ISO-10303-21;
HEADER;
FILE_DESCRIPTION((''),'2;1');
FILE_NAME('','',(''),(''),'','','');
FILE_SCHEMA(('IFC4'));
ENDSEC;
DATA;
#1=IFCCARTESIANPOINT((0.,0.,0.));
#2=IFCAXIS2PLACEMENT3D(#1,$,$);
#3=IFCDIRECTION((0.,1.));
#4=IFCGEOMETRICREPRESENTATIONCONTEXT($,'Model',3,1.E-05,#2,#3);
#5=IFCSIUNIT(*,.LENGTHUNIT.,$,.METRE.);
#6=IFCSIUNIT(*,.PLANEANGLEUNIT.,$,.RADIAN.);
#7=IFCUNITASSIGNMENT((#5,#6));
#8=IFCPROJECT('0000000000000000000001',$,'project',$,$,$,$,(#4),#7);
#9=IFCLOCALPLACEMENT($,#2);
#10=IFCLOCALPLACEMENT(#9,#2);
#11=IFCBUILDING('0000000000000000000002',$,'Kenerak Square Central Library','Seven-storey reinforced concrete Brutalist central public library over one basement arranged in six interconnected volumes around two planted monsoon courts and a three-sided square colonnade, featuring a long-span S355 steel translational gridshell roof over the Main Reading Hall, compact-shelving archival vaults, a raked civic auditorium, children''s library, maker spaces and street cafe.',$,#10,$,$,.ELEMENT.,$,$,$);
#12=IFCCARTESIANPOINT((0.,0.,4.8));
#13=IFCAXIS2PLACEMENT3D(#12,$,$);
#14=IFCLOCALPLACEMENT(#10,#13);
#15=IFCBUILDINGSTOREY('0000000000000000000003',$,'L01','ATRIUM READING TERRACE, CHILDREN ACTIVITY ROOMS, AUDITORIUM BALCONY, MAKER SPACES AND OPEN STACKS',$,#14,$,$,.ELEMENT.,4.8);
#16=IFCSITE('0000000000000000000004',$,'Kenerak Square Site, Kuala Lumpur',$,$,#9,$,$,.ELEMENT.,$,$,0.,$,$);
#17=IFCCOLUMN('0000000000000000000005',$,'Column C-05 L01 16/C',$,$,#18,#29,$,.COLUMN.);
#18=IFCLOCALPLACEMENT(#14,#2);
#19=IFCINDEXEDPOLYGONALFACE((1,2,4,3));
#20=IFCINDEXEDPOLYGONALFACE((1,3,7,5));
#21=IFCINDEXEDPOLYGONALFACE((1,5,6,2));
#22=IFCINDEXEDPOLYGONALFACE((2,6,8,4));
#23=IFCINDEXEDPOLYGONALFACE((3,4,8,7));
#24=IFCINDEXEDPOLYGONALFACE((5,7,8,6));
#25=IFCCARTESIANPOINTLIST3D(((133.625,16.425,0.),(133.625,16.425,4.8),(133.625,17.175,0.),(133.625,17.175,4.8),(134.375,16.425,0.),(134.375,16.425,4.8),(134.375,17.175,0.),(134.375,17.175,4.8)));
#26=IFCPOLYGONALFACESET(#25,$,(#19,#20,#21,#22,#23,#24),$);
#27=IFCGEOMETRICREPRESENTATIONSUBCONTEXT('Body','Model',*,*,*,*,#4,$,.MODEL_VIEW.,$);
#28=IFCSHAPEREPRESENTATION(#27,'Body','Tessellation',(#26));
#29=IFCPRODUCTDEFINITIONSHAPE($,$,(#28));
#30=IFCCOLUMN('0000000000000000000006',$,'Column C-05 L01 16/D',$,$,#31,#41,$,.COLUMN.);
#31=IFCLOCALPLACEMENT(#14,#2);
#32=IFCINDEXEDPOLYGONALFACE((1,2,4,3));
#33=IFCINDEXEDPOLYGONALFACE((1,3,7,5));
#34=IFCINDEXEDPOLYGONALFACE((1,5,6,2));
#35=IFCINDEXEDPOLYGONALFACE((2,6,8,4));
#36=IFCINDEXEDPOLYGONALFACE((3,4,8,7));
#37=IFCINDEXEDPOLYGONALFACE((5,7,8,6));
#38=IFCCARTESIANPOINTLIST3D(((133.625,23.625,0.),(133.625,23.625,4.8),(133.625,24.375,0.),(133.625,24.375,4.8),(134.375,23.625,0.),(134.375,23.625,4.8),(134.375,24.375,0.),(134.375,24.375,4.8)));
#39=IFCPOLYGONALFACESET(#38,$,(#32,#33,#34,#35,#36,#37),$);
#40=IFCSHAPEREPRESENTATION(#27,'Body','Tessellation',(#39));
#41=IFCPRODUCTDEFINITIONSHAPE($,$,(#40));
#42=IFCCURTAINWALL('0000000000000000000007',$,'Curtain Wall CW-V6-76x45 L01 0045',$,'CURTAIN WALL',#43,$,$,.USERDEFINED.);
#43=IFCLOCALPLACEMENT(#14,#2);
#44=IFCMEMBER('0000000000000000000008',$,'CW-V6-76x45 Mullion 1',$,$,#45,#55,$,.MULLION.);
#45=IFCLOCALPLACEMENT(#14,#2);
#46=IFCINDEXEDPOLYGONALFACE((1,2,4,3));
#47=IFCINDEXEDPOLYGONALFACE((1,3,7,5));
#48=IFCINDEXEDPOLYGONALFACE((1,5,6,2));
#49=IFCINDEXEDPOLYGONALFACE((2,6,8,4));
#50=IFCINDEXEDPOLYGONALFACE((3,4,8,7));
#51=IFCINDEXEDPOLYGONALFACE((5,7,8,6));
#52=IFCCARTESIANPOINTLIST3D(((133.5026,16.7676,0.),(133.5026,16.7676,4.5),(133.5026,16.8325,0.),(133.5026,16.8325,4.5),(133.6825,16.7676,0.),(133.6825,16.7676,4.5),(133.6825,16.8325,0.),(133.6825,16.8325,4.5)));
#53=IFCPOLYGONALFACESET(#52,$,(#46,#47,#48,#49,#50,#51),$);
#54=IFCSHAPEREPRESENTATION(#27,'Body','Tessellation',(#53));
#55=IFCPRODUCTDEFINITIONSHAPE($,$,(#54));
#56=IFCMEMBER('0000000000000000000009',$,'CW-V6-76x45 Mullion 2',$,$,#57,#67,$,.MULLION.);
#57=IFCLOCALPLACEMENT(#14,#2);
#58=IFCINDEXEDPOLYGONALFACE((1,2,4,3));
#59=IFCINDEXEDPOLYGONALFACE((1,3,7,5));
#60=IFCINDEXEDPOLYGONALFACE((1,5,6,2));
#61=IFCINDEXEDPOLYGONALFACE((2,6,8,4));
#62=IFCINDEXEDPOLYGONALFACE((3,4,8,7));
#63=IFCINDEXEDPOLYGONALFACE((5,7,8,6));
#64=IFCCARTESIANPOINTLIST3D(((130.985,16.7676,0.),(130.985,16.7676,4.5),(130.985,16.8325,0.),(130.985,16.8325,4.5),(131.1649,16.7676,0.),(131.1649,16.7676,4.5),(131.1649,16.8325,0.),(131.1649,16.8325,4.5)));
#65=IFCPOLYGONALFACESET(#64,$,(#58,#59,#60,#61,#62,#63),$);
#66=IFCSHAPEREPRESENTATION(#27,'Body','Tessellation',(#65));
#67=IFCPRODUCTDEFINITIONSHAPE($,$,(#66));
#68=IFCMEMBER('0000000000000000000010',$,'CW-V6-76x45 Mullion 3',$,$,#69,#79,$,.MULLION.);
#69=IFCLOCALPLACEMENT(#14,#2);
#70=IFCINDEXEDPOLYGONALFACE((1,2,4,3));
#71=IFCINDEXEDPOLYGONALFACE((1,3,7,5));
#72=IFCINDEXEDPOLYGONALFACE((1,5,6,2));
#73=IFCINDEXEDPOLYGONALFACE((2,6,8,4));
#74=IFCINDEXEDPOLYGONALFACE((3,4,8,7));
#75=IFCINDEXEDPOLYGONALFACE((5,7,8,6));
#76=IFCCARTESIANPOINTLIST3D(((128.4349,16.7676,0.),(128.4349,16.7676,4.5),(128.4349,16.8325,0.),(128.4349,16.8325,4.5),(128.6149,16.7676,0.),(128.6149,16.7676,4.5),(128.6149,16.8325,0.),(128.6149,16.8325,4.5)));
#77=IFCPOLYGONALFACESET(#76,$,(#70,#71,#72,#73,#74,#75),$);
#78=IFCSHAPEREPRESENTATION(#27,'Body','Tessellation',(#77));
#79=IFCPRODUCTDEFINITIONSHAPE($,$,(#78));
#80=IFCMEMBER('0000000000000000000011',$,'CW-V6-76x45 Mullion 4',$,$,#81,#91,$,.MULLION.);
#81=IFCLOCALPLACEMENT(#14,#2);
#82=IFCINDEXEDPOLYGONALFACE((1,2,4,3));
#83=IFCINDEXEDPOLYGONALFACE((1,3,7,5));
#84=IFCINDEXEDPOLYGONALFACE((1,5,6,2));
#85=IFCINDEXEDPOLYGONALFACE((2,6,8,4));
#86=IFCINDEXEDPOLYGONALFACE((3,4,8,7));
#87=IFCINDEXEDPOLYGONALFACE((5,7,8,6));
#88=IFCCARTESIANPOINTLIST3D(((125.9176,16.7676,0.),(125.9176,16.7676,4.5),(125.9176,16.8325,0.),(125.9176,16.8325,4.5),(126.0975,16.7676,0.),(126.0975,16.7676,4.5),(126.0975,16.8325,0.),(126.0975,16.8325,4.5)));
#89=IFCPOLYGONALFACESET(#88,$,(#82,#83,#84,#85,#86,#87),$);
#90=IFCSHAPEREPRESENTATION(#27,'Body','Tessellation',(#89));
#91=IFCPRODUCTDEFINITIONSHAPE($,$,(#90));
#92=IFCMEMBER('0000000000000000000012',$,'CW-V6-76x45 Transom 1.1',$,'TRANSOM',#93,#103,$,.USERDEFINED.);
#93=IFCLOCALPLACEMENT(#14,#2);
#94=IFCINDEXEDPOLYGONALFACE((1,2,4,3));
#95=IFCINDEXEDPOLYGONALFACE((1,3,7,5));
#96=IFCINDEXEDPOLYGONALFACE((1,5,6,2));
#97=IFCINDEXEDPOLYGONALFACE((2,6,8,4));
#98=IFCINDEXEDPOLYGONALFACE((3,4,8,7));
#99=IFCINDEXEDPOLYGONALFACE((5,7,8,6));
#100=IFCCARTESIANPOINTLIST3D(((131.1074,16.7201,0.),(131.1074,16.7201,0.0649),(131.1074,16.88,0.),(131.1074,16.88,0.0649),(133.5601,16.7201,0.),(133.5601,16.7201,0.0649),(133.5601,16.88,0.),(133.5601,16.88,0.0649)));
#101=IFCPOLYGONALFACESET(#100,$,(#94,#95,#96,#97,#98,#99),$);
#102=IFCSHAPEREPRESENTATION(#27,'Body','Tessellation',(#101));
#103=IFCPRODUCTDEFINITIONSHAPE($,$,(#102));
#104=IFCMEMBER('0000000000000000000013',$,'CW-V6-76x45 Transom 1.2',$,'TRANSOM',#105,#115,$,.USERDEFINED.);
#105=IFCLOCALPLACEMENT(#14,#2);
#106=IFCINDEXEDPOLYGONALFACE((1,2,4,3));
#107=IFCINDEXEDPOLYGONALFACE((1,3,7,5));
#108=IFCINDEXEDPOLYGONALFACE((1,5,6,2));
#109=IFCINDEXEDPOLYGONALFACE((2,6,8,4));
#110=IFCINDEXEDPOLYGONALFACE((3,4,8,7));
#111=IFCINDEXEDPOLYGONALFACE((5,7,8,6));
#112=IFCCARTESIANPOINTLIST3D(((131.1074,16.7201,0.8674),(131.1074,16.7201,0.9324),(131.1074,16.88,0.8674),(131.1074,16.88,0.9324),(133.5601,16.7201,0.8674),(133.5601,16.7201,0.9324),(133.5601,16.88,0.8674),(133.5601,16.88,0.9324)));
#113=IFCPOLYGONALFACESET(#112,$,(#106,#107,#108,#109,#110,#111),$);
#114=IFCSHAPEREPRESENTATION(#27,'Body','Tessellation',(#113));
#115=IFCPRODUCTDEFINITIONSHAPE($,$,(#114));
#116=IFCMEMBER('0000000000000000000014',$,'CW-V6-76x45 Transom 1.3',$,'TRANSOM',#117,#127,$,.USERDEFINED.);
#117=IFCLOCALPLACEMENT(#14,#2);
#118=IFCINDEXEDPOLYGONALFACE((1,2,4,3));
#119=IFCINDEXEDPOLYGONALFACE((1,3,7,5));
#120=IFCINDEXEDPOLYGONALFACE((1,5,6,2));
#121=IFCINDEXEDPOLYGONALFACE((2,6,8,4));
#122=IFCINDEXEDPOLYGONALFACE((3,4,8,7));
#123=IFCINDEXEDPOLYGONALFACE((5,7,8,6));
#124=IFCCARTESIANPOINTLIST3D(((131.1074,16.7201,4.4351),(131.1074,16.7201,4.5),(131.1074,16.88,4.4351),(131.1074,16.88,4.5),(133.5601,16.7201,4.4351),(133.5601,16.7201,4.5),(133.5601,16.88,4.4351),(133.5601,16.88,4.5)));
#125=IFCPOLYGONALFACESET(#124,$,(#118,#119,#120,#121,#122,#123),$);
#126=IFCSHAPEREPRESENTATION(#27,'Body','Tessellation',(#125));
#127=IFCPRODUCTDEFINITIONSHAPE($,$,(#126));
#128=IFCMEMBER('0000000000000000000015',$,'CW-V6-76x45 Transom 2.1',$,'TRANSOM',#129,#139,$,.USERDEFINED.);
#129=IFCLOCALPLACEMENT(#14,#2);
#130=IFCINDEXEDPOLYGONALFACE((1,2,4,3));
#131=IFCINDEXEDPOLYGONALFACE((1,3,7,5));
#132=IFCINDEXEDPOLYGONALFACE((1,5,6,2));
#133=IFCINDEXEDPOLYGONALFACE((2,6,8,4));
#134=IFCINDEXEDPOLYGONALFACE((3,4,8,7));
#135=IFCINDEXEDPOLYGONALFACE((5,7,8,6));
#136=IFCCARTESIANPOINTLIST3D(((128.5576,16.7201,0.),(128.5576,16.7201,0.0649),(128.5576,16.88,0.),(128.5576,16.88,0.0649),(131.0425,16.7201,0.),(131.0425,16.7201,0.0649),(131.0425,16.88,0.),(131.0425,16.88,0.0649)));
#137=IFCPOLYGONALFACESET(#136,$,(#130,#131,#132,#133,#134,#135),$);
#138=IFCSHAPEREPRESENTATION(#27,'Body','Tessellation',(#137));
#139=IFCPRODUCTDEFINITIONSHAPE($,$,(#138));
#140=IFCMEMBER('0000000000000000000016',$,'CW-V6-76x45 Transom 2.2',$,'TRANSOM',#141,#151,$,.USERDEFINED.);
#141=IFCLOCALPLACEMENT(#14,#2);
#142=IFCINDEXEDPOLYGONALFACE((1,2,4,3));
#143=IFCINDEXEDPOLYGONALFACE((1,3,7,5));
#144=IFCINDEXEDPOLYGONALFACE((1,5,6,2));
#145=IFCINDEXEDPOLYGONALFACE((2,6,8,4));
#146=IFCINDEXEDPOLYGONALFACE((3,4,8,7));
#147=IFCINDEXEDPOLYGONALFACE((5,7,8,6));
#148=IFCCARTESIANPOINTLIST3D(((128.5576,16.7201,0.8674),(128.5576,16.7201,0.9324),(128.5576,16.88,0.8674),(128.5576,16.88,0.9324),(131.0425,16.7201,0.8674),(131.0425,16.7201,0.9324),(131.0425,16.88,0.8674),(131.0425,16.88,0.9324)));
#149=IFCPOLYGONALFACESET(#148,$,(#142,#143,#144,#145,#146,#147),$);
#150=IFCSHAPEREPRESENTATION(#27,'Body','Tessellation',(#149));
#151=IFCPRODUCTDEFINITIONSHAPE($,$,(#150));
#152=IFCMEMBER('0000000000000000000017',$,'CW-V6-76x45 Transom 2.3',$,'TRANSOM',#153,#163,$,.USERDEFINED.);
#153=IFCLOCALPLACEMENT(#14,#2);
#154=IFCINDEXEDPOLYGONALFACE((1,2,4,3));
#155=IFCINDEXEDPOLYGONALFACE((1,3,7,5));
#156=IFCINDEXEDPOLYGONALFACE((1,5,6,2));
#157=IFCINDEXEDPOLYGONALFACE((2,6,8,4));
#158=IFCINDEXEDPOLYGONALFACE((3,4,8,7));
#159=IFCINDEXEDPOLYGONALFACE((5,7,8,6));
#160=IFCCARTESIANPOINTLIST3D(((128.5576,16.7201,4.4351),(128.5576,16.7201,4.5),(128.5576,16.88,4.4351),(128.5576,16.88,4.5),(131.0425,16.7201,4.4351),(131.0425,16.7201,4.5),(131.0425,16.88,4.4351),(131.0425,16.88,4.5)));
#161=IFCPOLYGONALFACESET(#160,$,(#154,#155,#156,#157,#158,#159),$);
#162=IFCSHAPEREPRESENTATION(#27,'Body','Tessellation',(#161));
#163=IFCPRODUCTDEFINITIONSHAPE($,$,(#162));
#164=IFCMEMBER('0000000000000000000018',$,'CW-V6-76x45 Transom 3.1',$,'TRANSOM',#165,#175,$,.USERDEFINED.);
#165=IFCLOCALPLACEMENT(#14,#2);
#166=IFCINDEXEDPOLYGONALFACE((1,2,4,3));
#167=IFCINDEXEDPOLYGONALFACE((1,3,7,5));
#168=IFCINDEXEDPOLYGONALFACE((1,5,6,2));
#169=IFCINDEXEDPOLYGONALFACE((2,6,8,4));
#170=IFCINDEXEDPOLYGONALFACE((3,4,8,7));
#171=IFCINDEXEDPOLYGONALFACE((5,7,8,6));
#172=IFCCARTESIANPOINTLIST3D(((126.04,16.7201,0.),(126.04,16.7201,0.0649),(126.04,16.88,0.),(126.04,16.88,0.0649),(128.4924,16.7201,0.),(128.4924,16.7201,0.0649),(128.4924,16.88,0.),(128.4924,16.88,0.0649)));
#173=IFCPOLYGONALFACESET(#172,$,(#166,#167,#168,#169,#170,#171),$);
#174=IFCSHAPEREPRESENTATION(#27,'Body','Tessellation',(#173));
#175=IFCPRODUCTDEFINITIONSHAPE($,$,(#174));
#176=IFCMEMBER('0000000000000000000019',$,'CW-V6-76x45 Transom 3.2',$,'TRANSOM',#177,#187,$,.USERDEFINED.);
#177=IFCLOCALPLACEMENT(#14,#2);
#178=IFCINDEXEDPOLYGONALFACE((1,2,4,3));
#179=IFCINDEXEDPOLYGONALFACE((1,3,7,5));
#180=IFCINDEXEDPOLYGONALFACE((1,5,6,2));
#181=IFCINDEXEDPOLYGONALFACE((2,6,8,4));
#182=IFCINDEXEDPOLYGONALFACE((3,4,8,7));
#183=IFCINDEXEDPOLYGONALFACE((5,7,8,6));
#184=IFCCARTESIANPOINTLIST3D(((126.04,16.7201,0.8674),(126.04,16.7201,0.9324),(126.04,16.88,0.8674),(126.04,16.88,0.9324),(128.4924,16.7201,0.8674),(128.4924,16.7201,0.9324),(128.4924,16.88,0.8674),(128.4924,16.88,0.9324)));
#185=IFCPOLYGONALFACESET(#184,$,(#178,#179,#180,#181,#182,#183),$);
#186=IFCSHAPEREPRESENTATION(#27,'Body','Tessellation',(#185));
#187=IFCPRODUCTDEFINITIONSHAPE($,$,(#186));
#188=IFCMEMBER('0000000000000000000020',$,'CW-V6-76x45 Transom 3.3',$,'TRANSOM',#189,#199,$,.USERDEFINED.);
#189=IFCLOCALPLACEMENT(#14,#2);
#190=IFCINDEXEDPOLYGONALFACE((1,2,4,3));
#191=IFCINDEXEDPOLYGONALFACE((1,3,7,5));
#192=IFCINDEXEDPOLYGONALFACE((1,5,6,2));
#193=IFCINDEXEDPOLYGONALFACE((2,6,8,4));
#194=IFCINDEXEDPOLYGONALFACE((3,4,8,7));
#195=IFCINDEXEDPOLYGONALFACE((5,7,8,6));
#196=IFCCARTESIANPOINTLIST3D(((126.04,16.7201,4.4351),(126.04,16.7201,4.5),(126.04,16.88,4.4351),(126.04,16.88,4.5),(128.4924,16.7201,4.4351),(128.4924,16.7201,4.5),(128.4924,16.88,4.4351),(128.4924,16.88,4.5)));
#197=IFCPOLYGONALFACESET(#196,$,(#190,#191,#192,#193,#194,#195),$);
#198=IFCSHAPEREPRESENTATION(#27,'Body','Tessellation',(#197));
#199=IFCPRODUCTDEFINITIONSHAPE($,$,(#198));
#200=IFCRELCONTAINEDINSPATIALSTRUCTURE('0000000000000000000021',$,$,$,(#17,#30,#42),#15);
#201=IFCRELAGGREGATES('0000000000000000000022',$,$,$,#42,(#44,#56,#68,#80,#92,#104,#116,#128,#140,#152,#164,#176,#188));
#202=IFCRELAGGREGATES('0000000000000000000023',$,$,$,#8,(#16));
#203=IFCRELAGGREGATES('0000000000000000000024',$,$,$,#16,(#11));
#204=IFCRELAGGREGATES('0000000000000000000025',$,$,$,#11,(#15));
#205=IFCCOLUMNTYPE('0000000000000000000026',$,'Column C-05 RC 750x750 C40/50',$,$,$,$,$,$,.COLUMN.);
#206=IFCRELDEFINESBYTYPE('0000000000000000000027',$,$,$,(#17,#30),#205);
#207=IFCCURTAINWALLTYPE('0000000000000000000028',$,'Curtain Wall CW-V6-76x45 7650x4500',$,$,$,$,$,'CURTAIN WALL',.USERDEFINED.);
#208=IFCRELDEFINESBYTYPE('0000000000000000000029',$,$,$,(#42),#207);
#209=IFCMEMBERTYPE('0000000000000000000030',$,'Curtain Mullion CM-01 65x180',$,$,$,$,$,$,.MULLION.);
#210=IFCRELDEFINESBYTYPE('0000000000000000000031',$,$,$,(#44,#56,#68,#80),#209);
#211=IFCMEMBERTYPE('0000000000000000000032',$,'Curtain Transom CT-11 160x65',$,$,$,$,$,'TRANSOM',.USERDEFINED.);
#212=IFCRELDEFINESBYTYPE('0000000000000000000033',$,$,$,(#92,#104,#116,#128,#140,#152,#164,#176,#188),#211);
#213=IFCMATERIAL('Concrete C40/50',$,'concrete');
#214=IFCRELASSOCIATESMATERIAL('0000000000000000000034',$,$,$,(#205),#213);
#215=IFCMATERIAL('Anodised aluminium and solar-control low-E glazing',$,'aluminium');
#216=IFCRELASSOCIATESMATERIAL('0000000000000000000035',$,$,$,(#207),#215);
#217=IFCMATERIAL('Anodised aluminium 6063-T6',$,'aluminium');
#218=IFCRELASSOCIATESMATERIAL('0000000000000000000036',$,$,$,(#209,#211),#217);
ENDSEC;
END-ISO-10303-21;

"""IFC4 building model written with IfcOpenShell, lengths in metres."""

from ifc_helpers import new_model, si_unit, direction, frame, origin, origin_2d, place, context, subcontext, project, spatial, rectangle, extrude, material, material_profile, profile_set, type_object, element, aggregate, save


model = new_model("IFC4")

# Units and contexts
model_context = context("Model", 3, precision=1e-05, world=origin(), true_north=direction((0.0, 1.0)))
body_context = subcontext(model_context, "Body", "Model", "MODEL_VIEW")
ifc_project = project(units=[si_unit("LENGTHUNIT", "METRE"), si_unit("PLANEANGLEUNIT", "RADIAN")], contexts=[model_context])

# Site, building, storey
site_placement = place(None, origin())
site = spatial("IfcSite", under=ifc_project, at=site_placement, Name="Kenerak Square Site, Kuala Lumpur", CompositionType="ELEMENT", RefElevation=0.0)
building_placement = place(site_placement, origin())
building = spatial("IfcBuilding", under=site, at=building_placement, Name="Kenerak Square Central Library", Description="Seven-storey reinforced concrete Brutalist central public library over one basement arranged in six interconnected volumes around two planted monsoon courts and a three-sided square colonnade, featuring a long-span S355 steel translational gridshell roof over the Main Reading Hall, compact-shelving archival vaults, a raked civic auditorium, children's library, maker spaces and street cafe.", CompositionType="ELEMENT")
storey_placement = place(building_placement, frame((0.0, 0.0, 4.8)))
storey = spatial("IfcBuildingStorey", under=building, at=storey_placement, Name="L01", Description="ATRIUM READING TERRACE, CHILDREN ACTIVITY ROOMS, AUDITORIUM BALCONY, MAKER SPACES AND OPEN STACKS", CompositionType="ELEMENT", Elevation=4.8)

# Columns
ifc_material_1 = material(Name="Concrete C40/50", Category="concrete")
ifc_material_profile_1 = material_profile(ifc_material_1, rectangle(XDim=0.75, YDim=0.75, at=origin_2d()), Name="RC 750x750")
ifc_profile_set_1 = profile_set([ifc_material_profile_1], Name="Concrete C40/50")
column_type = type_object("IfcColumnType", Name="Column C-05 RC 750x750 C40/50", PredefinedType="COLUMN", material=ifc_profile_set_1)
for number, where, z_axis, x_axis, name in (
    (1, (134.0, 16.8, 0.0), (0.0, 0.0, 1.0), (1.0, 0.0, 0.0), "Column C-05 L01 16/C"),
    (2, (134.0, 24.0, 0.0), (0.0, 0.0, 1.0), (1.0, 0.0, 0.0), "Column C-05 L01 16/D"),
):
    element("IfcColumn", number, at=place(storey_placement, frame(where, z_axis=z_axis, x_axis=x_axis)), inside=storey, type_object=column_type, Name=name, PredefinedType="COLUMN", context=body_context, shape_type="SweptSolid", body=[
        extrude(rectangle(XDim=0.75, YDim=0.75, at=origin_2d()), origin(), (0.0, 0.0, 1.0), 4.8),
    ])

# Curtain wall, members
ifc_material_2 = material(Name="Anodised aluminium and solar-control low-E glazing", Category="aluminium")
curtain_wall_type = type_object("IfcCurtainWallType", Name="Curtain Wall CW-V6-76x45 7650x4500", ElementType="CURTAIN WALL", PredefinedType="USERDEFINED", material=ifc_material_2)
curtain_wall_placement = place(storey_placement, origin())
curtain_wall = element("IfcCurtainWall", 3, at=curtain_wall_placement, inside=storey, type_object=curtain_wall_type, Name="Curtain Wall CW-V6-76x45 L01 0045", ObjectType="CURTAIN WALL", PredefinedType="USERDEFINED")
ifc_material_3 = material(Name="Anodised aluminium 6063-T6", Category="aluminium")
ifc_material_profile_2 = material_profile(ifc_material_3, rectangle(XDim=0.0649, YDim=0.1799, at=origin_2d()), Name="AL MULLION 65x180")
ifc_profile_set_2 = profile_set([ifc_material_profile_2], Name="Anodised aluminium 6063-T6")
member_type_1 = type_object("IfcMemberType", Name="Curtain Mullion CM-01 65x180", PredefinedType="MULLION", material=ifc_profile_set_2)
member_1_placement = place(storey_placement, frame((133.5925, 16.8, 0.0), z_axis=(0.0, 0.0, 1.0), x_axis=(0.0, -1.0, 0.0)))
member_1 = element("IfcMember", 4, at=member_1_placement, type_object=member_type_1, Name="CW-V6-76x45 Mullion 1", PredefinedType="MULLION", context=body_context, shape_type="SweptSolid", body=[
    extrude(rectangle(XDim=0.0649, YDim=0.1799, at=origin_2d()), origin(), (0.0, 0.0, 1.0), 4.5),
])
member_2_placement = place(storey_placement, frame((131.075, 16.8, 0.0), z_axis=(0.0, 0.0, 1.0), x_axis=(0.0, -1.0, 0.0)))
member_2 = element("IfcMember", 5, at=member_2_placement, type_object=member_type_1, Name="CW-V6-76x45 Mullion 2", PredefinedType="MULLION", context=body_context, shape_type="SweptSolid", body=[
    extrude(rectangle(XDim=0.0649, YDim=0.1799, at=origin_2d()), origin(), (0.0, 0.0, 1.0), 4.5),
])
member_3_placement = place(storey_placement, frame((128.5249, 16.8, 0.0), z_axis=(0.0, 0.0, 1.0), x_axis=(0.0, -1.0, 0.0)))
member_3 = element("IfcMember", 6, at=member_3_placement, type_object=member_type_1, Name="CW-V6-76x45 Mullion 3", PredefinedType="MULLION", context=body_context, shape_type="SweptSolid", body=[
    extrude(rectangle(XDim=0.0649, YDim=0.1799, at=origin_2d()), origin(), (0.0, 0.0, 1.0), 4.5),
])
member_4_placement = place(storey_placement, frame((126.0076, 16.8, 0.0), z_axis=(0.0, 0.0, 1.0), x_axis=(0.0, -1.0, 0.0)))
member_4 = element("IfcMember", 7, at=member_4_placement, type_object=member_type_1, Name="CW-V6-76x45 Mullion 4", PredefinedType="MULLION", context=body_context, shape_type="SweptSolid", body=[
    extrude(rectangle(XDim=0.0649, YDim=0.1799, at=origin_2d()), origin(), (0.0, 0.0, 1.0), 4.5),
])
ifc_material_profile_3 = material_profile(ifc_material_3, rectangle(XDim=0.1599, YDim=0.0649, at=origin_2d()), Name="AL TRANSOM 160x65")
ifc_profile_set_3 = profile_set([ifc_material_profile_3], Name="Anodised aluminium 6063-T6")
member_type_2 = type_object("IfcMemberType", Name="Curtain Transom CT-11 160x65", ElementType="TRANSOM", PredefinedType="USERDEFINED", material=ifc_profile_set_3)
member_5_placement = place(storey_placement, frame((133.5601, 16.8, 0.0325), z_axis=(-1.0, 0.0, 0.0), x_axis=(0.0, -1.0, 0.0)))
member_5 = element("IfcMember", 8, at=member_5_placement, type_object=member_type_2, Name="CW-V6-76x45 Transom 1.1", ObjectType="TRANSOM", PredefinedType="USERDEFINED", context=body_context, shape_type="SweptSolid", body=[
    extrude(rectangle(XDim=0.1599, YDim=0.0649, at=origin_2d()), origin(), (0.0, 0.0, 1.0), 2.4526),
])
member_6_placement = place(storey_placement, frame((133.5601, 16.8, 0.8999), z_axis=(-1.0, 0.0, 0.0), x_axis=(0.0, -1.0, 0.0)))
member_6 = element("IfcMember", 9, at=member_6_placement, type_object=member_type_2, Name="CW-V6-76x45 Transom 1.2", ObjectType="TRANSOM", PredefinedType="USERDEFINED", context=body_context, shape_type="SweptSolid", body=[
    extrude(rectangle(XDim=0.1599, YDim=0.0649, at=origin_2d()), origin(), (0.0, 0.0, 1.0), 2.4526),
])
member_7_placement = place(storey_placement, frame((133.5601, 16.8, 4.4675), z_axis=(-1.0, 0.0, 0.0), x_axis=(0.0, -1.0, 0.0)))
member_7 = element("IfcMember", 10, at=member_7_placement, type_object=member_type_2, Name="CW-V6-76x45 Transom 1.3", ObjectType="TRANSOM", PredefinedType="USERDEFINED", context=body_context, shape_type="SweptSolid", body=[
    extrude(rectangle(XDim=0.1599, YDim=0.0649, at=origin_2d()), origin(), (0.0, 0.0, 1.0), 2.4526),
])
member_8_placement = place(storey_placement, frame((131.0425, 16.8, 0.0325), z_axis=(-1.0, 0.0, 0.0), x_axis=(0.0, -1.0, 0.0)))
member_8 = element("IfcMember", 11, at=member_8_placement, type_object=member_type_2, Name="CW-V6-76x45 Transom 2.1", ObjectType="TRANSOM", PredefinedType="USERDEFINED", context=body_context, shape_type="SweptSolid", body=[
    extrude(rectangle(XDim=0.1599, YDim=0.0649, at=origin_2d()), origin(), (0.0, 0.0, 1.0), 2.4849),
])
member_9_placement = place(storey_placement, frame((131.0425, 16.8, 0.8999), z_axis=(-1.0, 0.0, 0.0), x_axis=(0.0, -1.0, 0.0)))
member_9 = element("IfcMember", 12, at=member_9_placement, type_object=member_type_2, Name="CW-V6-76x45 Transom 2.2", ObjectType="TRANSOM", PredefinedType="USERDEFINED", context=body_context, shape_type="SweptSolid", body=[
    extrude(rectangle(XDim=0.1599, YDim=0.0649, at=origin_2d()), origin(), (0.0, 0.0, 1.0), 2.4849),
])
member_10_placement = place(storey_placement, frame((131.0425, 16.8, 4.4675), z_axis=(-1.0, 0.0, 0.0), x_axis=(0.0, -1.0, 0.0)))
member_10 = element("IfcMember", 13, at=member_10_placement, type_object=member_type_2, Name="CW-V6-76x45 Transom 2.3", ObjectType="TRANSOM", PredefinedType="USERDEFINED", context=body_context, shape_type="SweptSolid", body=[
    extrude(rectangle(XDim=0.1599, YDim=0.0649, at=origin_2d()), origin(), (0.0, 0.0, 1.0), 2.4849),
])
member_11_placement = place(storey_placement, frame((128.4924, 16.8, 0.0325), z_axis=(-1.0, 0.0, 0.0), x_axis=(0.0, -1.0, 0.0)))
member_11 = element("IfcMember", 14, at=member_11_placement, type_object=member_type_2, Name="CW-V6-76x45 Transom 3.1", ObjectType="TRANSOM", PredefinedType="USERDEFINED", context=body_context, shape_type="SweptSolid", body=[
    extrude(rectangle(XDim=0.1599, YDim=0.0649, at=origin_2d()), origin(), (0.0, 0.0, 1.0), 2.4524),
])
member_12_placement = place(storey_placement, frame((128.4924, 16.8, 0.8999), z_axis=(-1.0, 0.0, 0.0), x_axis=(0.0, -1.0, 0.0)))
member_12 = element("IfcMember", 15, at=member_12_placement, type_object=member_type_2, Name="CW-V6-76x45 Transom 3.2", ObjectType="TRANSOM", PredefinedType="USERDEFINED", context=body_context, shape_type="SweptSolid", body=[
    extrude(rectangle(XDim=0.1599, YDim=0.0649, at=origin_2d()), origin(), (0.0, 0.0, 1.0), 2.4524),
])
member_13_placement = place(storey_placement, frame((128.4924, 16.8, 4.4675), z_axis=(-1.0, 0.0, 0.0), x_axis=(0.0, -1.0, 0.0)))
member_13 = element("IfcMember", 16, at=member_13_placement, type_object=member_type_2, Name="CW-V6-76x45 Transom 3.3", ObjectType="TRANSOM", PredefinedType="USERDEFINED", context=body_context, shape_type="SweptSolid", body=[
    extrude(rectangle(XDim=0.1599, YDim=0.0649, at=origin_2d()), origin(), (0.0, 0.0, 1.0), 2.4524),
])

aggregate(curtain_wall, [member_1, member_2, member_3, member_4, member_5, member_6, member_7, member_8, member_9, member_10, member_11, member_12, member_13])

save(model, "model.ifc")
